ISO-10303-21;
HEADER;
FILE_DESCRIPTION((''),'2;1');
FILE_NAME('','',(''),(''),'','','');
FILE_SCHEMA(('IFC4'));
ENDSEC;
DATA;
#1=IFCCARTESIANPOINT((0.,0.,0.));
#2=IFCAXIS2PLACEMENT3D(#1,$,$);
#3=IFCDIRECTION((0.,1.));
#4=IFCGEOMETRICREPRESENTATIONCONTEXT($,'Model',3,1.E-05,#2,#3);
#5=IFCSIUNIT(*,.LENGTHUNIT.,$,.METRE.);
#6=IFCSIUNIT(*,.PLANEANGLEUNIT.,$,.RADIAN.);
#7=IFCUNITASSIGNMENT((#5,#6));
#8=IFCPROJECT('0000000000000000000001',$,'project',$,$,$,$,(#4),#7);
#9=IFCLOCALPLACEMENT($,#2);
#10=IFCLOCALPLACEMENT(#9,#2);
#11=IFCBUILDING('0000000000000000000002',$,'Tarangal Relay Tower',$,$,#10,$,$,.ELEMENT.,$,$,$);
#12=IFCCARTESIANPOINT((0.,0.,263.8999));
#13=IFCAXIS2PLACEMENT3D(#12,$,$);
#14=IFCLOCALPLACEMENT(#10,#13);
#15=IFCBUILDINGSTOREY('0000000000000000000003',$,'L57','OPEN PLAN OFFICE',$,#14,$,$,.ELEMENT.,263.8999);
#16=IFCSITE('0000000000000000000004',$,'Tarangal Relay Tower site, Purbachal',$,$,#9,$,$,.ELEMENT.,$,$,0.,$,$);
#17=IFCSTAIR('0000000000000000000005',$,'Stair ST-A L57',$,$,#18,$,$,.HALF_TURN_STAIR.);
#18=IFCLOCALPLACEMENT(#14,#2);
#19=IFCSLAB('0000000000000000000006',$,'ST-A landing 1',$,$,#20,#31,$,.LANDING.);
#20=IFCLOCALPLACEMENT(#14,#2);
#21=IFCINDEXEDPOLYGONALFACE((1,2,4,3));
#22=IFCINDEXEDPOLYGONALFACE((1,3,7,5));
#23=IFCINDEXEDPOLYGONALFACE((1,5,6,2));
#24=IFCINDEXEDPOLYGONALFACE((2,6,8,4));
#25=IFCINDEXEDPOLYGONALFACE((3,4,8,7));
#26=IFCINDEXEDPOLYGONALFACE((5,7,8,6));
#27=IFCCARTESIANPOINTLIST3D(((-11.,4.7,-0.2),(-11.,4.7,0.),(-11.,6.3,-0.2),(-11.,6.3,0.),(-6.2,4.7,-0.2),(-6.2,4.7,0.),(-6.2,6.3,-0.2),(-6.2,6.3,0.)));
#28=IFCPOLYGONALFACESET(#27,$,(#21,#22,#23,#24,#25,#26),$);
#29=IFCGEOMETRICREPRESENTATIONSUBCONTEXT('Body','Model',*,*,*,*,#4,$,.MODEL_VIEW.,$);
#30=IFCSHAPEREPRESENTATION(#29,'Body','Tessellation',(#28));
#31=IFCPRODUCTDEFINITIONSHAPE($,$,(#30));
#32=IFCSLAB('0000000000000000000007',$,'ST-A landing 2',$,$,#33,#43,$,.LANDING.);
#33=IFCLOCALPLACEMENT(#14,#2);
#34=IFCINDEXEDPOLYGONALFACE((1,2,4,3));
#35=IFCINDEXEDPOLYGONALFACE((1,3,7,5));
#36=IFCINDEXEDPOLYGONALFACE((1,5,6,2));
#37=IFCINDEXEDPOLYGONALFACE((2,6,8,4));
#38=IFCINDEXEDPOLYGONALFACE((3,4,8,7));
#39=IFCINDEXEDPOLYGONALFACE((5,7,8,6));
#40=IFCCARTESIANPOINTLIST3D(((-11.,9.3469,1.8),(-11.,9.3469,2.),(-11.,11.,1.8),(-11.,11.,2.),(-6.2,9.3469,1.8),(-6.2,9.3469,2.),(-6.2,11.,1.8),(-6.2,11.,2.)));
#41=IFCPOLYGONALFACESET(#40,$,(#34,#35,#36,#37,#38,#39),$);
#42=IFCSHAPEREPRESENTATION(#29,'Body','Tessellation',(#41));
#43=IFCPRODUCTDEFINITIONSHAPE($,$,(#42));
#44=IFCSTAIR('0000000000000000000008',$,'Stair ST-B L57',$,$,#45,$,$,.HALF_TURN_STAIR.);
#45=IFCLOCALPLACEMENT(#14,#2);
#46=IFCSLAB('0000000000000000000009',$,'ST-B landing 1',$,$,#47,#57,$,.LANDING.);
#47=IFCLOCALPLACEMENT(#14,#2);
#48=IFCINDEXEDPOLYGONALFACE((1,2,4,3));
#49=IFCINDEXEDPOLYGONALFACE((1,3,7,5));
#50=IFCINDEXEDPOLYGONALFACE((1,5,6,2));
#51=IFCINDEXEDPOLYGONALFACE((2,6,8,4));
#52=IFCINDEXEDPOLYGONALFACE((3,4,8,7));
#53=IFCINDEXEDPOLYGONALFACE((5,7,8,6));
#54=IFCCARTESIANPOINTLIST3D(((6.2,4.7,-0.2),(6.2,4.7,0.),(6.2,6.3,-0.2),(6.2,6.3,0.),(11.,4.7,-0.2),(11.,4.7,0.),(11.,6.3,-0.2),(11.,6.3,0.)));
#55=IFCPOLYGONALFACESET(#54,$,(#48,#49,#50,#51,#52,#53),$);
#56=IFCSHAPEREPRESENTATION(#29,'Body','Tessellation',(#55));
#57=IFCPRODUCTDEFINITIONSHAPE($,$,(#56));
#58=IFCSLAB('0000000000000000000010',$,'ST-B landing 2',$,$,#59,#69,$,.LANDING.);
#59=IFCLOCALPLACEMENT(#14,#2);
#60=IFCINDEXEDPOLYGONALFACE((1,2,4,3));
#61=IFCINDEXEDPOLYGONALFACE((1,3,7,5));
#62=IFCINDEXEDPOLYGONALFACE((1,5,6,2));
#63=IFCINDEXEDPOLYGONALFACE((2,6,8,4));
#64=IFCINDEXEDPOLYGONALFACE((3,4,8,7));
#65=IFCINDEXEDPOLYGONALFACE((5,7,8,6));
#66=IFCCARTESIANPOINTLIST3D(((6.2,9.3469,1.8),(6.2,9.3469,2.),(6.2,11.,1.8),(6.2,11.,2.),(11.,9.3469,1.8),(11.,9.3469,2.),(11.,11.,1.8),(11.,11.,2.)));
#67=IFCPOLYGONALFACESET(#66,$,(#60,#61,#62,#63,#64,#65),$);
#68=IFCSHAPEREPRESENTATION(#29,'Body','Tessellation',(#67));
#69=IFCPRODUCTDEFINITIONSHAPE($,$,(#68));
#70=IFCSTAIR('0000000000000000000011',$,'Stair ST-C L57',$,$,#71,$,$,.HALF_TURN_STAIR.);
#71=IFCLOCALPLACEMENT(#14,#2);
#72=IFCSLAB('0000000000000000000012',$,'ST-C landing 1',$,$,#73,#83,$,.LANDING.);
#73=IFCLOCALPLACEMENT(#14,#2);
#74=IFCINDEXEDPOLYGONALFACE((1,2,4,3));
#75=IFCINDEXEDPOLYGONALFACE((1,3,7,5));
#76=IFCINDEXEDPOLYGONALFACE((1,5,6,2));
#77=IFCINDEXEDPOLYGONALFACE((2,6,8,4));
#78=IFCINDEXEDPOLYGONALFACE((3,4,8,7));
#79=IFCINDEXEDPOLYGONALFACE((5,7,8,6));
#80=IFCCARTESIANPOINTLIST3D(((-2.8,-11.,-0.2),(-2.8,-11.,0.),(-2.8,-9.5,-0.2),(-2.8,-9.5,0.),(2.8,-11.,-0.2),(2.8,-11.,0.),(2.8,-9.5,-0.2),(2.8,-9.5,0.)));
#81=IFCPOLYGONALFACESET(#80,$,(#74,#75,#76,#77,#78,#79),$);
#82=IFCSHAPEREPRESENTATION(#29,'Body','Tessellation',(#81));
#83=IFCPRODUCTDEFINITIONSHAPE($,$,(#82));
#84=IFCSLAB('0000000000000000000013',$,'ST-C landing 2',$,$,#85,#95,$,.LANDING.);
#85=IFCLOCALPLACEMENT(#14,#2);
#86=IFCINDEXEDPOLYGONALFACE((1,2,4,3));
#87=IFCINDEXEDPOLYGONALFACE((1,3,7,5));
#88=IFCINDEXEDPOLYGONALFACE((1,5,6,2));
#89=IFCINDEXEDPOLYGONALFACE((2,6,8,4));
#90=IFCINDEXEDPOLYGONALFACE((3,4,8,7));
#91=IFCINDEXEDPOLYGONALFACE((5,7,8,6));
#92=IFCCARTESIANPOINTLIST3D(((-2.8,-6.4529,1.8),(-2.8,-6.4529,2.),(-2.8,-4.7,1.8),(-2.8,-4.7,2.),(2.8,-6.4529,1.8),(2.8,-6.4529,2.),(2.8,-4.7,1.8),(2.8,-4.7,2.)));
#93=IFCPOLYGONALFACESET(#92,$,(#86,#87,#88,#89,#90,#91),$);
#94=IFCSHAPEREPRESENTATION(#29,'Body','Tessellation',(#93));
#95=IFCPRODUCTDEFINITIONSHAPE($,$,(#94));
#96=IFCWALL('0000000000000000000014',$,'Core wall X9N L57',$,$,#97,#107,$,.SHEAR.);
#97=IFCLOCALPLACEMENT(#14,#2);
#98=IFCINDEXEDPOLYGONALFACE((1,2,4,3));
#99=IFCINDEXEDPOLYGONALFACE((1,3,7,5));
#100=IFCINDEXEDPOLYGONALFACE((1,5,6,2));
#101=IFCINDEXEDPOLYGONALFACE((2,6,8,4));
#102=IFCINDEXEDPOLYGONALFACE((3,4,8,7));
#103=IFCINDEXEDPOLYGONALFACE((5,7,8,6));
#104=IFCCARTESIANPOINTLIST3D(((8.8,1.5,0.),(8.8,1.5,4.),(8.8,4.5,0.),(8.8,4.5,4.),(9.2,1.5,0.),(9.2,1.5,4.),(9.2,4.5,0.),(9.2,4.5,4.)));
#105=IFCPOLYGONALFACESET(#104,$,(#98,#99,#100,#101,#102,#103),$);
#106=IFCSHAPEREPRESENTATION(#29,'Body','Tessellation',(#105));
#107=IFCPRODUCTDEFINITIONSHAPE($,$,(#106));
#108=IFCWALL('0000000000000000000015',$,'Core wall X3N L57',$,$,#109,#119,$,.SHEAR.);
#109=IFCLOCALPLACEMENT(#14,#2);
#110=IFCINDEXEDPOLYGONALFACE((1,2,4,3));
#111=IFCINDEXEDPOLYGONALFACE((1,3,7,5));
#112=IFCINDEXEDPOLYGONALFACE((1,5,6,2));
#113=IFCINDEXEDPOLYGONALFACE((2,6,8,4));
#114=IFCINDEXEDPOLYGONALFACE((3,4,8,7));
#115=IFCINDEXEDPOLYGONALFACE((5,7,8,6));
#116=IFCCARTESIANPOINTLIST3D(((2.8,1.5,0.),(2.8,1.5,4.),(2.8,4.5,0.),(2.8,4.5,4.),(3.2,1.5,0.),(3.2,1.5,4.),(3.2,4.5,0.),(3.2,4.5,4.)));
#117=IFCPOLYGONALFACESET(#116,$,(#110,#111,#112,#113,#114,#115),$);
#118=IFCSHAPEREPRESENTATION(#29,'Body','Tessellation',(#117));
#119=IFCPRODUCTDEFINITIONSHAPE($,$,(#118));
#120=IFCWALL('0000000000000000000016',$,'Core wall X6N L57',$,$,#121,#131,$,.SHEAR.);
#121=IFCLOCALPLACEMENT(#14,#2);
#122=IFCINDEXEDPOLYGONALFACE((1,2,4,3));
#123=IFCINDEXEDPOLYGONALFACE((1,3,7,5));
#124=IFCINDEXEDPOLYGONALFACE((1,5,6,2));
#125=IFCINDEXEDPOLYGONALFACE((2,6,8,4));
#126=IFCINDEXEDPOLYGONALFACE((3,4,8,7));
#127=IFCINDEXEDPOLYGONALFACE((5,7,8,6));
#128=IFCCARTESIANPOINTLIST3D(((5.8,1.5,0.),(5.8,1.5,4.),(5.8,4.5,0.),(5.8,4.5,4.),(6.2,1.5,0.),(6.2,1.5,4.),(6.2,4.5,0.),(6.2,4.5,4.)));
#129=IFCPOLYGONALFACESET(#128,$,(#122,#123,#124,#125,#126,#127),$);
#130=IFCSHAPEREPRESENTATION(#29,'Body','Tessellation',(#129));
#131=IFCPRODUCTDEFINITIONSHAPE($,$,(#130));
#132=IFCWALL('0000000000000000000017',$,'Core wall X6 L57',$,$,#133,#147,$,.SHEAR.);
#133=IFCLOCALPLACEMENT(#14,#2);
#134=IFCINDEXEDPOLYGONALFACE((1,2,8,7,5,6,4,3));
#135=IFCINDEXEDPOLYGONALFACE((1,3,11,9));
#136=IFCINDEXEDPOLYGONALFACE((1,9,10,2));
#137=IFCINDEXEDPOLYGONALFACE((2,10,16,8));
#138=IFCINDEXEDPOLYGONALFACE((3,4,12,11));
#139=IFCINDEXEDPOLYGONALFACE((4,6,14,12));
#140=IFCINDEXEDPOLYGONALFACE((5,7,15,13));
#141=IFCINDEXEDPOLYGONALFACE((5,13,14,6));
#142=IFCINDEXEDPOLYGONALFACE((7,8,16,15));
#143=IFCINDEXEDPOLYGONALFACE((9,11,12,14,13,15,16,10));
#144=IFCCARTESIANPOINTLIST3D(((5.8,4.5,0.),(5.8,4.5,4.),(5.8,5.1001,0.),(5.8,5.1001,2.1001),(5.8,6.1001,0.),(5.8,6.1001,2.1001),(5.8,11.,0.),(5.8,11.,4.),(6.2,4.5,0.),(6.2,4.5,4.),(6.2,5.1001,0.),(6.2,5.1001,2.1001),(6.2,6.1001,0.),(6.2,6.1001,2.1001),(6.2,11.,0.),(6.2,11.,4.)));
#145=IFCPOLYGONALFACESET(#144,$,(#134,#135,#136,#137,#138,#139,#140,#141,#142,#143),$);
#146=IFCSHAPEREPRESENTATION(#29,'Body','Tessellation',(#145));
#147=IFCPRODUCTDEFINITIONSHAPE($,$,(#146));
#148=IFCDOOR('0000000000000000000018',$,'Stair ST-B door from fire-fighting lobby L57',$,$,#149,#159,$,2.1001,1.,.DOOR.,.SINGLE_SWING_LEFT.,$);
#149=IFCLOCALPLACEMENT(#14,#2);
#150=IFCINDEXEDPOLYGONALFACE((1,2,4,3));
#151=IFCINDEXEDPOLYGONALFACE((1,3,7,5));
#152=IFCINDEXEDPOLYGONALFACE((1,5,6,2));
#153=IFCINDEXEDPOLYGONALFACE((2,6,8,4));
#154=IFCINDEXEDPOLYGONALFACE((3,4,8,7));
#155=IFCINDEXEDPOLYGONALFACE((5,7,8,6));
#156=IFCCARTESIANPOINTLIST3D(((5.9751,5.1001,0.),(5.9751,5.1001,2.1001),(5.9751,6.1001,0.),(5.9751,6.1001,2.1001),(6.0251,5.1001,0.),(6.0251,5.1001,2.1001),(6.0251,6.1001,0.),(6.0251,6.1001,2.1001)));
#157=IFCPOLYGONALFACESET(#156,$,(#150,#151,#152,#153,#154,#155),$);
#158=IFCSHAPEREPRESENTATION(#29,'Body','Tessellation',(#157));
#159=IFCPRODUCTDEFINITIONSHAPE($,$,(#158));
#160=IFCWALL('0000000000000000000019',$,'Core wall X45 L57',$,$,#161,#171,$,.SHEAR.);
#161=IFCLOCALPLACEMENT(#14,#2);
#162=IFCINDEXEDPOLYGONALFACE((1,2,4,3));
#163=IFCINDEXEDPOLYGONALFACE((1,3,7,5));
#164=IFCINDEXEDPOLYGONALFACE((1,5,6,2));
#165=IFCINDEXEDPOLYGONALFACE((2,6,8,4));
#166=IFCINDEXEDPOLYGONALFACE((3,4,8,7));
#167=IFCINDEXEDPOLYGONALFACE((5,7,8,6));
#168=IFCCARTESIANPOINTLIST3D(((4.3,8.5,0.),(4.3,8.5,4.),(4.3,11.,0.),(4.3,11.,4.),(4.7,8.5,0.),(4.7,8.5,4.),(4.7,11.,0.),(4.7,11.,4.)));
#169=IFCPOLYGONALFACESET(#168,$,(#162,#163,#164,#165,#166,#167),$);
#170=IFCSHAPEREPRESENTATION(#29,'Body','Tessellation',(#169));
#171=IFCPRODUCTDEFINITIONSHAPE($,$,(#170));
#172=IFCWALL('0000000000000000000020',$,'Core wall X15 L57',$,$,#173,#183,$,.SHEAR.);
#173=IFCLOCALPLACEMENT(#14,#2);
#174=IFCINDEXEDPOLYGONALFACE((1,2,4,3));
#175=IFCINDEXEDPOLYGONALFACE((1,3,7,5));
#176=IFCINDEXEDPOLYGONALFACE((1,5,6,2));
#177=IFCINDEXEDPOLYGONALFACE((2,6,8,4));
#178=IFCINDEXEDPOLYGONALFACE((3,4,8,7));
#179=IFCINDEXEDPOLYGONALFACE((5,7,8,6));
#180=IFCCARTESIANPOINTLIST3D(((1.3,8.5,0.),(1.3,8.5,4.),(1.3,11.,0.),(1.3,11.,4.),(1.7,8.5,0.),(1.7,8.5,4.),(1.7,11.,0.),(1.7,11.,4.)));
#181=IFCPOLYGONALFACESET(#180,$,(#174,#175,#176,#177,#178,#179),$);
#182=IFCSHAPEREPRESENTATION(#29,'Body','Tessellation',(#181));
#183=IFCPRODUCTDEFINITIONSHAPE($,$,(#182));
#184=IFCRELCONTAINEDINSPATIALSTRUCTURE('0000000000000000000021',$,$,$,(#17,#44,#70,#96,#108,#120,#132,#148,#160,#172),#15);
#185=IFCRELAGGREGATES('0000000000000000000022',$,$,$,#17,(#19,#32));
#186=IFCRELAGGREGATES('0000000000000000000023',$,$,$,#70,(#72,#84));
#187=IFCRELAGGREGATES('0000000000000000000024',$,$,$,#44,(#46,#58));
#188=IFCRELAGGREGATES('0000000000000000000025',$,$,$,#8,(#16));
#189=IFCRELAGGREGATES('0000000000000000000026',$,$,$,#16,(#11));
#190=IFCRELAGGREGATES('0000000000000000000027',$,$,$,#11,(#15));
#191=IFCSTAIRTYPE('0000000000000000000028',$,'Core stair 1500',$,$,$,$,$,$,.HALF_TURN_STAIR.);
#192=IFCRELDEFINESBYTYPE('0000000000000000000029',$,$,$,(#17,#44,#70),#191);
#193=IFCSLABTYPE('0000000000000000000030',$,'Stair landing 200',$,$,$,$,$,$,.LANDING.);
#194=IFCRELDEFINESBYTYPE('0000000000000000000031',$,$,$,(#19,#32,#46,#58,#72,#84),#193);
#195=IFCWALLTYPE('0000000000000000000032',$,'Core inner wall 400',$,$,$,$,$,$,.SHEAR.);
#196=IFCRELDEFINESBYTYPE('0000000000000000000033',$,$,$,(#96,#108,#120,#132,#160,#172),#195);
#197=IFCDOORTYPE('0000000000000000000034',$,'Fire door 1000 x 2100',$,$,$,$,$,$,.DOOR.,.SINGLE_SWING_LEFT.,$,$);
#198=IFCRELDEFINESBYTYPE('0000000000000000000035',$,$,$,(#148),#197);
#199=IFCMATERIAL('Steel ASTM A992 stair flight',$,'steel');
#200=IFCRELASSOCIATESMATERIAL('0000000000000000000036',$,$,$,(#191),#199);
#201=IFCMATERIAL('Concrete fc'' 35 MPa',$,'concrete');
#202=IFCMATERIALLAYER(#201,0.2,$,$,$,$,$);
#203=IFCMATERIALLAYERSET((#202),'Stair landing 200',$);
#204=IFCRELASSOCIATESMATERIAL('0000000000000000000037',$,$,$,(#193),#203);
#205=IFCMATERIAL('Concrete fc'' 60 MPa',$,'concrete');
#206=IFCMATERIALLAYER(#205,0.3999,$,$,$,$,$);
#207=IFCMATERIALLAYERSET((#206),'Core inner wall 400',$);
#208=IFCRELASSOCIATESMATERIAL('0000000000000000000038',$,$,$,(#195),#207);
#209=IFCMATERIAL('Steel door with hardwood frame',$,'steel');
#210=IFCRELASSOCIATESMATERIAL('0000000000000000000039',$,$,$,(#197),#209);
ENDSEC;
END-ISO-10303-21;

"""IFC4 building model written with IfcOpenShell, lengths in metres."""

from ifc_helpers import new_model, si_unit, direction, frame, frame_2d, origin, place, context, subcontext, project, spatial, polyline, rectangle, outline, extrude, material, layer, layer_set, type_object, element, fill, aggregate, save


model = new_model("IFC4")

# Units and contexts
model_context = context("Model", 3, precision=1e-05, world=origin(), true_north=direction((0.0, 1.0)))
body_context = subcontext(model_context, "Body", "Model", "MODEL_VIEW")
ifc_project = project(units=[si_unit("LENGTHUNIT", "METRE"), si_unit("PLANEANGLEUNIT", "RADIAN")], contexts=[model_context])

# Site, building, storey
site_placement = place(None, origin())
site = spatial("IfcSite", under=ifc_project, at=site_placement, Name="Tarangal Relay Tower site, Purbachal", CompositionType="ELEMENT", RefElevation=0.0)
building_placement = place(site_placement, origin())
building = spatial("IfcBuilding", under=site, at=building_placement, Name="Tarangal Relay Tower", CompositionType="ELEMENT")
storey_placement = place(building_placement, frame((0.0, 0.0, 263.8999)))
storey = spatial("IfcBuildingStorey", under=building, at=storey_placement, Name="L57", Description="OPEN PLAN OFFICE", CompositionType="ELEMENT", Elevation=263.8999)

# Stairs, slabs
ifc_material_1 = material(Name="Steel ASTM A992 stair flight", Category="steel")
stair_type = type_object("IfcStairType", Name="Core stair 1500", PredefinedType="HALF_TURN_STAIR", material=ifc_material_1)
stair_1_placement = place(storey_placement, origin())
stair_1 = element("IfcStair", 1, at=stair_1_placement, inside=storey, type_object=stair_type, Name="Stair ST-A L57", PredefinedType="HALF_TURN_STAIR")
ifc_material_2 = material(Name="Concrete fc' 35 MPa", Category="concrete")
ifc_layer_1 = layer(ifc_material_2, 0.2)
ifc_layer_set_1 = layer_set([ifc_layer_1], Name="Stair landing 200")
slab_type = type_object("IfcSlabType", Name="Stair landing 200", PredefinedType="LANDING", material=ifc_layer_set_1)
slab_1_placement = place(storey_placement, frame((0.0, 0.0, -0.2)))
slab_1 = element("IfcSlab", 2, at=slab_1_placement, type_object=slab_type, Name="ST-A landing 1", PredefinedType="LANDING", context=body_context, shape_type="SweptSolid", body=[
    extrude(outline(polyline([(-11.0, 4.7), (-6.2, 4.7), (-6.2, 6.3), (-11.0, 6.3), (-11.0, 4.7)])), origin(), (0.0, 0.0, 1.0), 0.2),
])
slab_2_placement = place(storey_placement, frame((0.0, 0.0, 1.8)))
slab_2 = element("IfcSlab", 3, at=slab_2_placement, type_object=slab_type, Name="ST-A landing 2", PredefinedType="LANDING", context=body_context, shape_type="SweptSolid", body=[
    extrude(outline(polyline([(-11.0, 9.3469), (-6.2, 9.3469), (-6.2, 11.0), (-11.0, 11.0), (-11.0, 9.3469)])), origin(), (0.0, 0.0, 1.0), 0.2),
])
aggregate(stair_1, [slab_1, slab_2])
stair_2_placement = place(storey_placement, origin())
stair_2 = element("IfcStair", 4, at=stair_2_placement, inside=storey, type_object=stair_type, Name="Stair ST-B L57", PredefinedType="HALF_TURN_STAIR")
slab_3_placement = place(storey_placement, frame((0.0, 0.0, -0.2)))
slab_3 = element("IfcSlab", 5, at=slab_3_placement, type_object=slab_type, Name="ST-B landing 1", PredefinedType="LANDING", context=body_context, shape_type="SweptSolid", body=[
    extrude(outline(polyline([(6.2, 4.7), (11.0, 4.7), (11.0, 6.3), (6.2, 6.3), (6.2, 4.7)])), origin(), (0.0, 0.0, 1.0), 0.2),
])
slab_4_placement = place(storey_placement, frame((0.0, 0.0, 1.8)))
slab_4 = element("IfcSlab", 6, at=slab_4_placement, type_object=slab_type, Name="ST-B landing 2", PredefinedType="LANDING", context=body_context, shape_type="SweptSolid", body=[
    extrude(outline(polyline([(6.2, 9.3469), (11.0, 9.3469), (11.0, 11.0), (6.2, 11.0), (6.2, 9.3469)])), origin(), (0.0, 0.0, 1.0), 0.2),
])
stair_3_placement = place(storey_placement, origin())
stair_3 = element("IfcStair", 7, at=stair_3_placement, inside=storey, type_object=stair_type, Name="Stair ST-C L57", PredefinedType="HALF_TURN_STAIR")
slab_5_placement = place(storey_placement, frame((0.0, 0.0, -0.2)))
slab_5 = element("IfcSlab", 8, at=slab_5_placement, type_object=slab_type, Name="ST-C landing 1", PredefinedType="LANDING", context=body_context, shape_type="SweptSolid", body=[
    extrude(outline(polyline([(-2.8, -11.0), (2.8, -11.0), (2.8, -9.5), (-2.8, -9.5), (-2.8, -11.0)])), origin(), (0.0, 0.0, 1.0), 0.2),
])
slab_6_placement = place(storey_placement, frame((0.0, 0.0, 1.8)))
slab_6 = element("IfcSlab", 9, at=slab_6_placement, type_object=slab_type, Name="ST-C landing 2", PredefinedType="LANDING", context=body_context, shape_type="SweptSolid", body=[
    extrude(outline(polyline([(-2.8, -6.4529), (2.8, -6.4529), (2.8, -4.7), (-2.8, -4.7), (-2.8, -6.4529)])), origin(), (0.0, 0.0, 1.0), 0.2),
])
aggregate(stair_3, [slab_5, slab_6])

# Walls
ifc_material_3 = material(Name="Concrete fc' 60 MPa", Category="concrete")
ifc_layer_2 = layer(ifc_material_3, 0.3999)
ifc_layer_set_2 = layer_set([ifc_layer_2], Name="Core inner wall 400")
wall_type_1 = type_object("IfcWallType", Name="Core inner wall 400", PredefinedType="SHEAR", material=ifc_layer_set_2)
for number, where, z_axis, x_axis, name in (
    (10, (9.0, 1.5, 0.0), (0.0, 0.0, 1.0), (0.0, 1.0, 0.0), "Core wall X9N L57"),
    (11, (3.0, 1.5, 0.0), (0.0, 0.0, 1.0), (0.0, 1.0, 0.0), "Core wall X3N L57"),
    (12, (6.0, 1.5, 0.0), (0.0, 0.0, 1.0), (0.0, 1.0, 0.0), "Core wall X6N L57"),
):
    element("IfcWall", number, at=place(storey_placement, frame(where, z_axis=z_axis, x_axis=x_axis)), inside=storey, type_object=wall_type_1, Name=name, PredefinedType="SHEAR", context=body_context, shape_type="SweptSolid", body=[
        extrude(rectangle(XDim=3.0, YDim=0.3999, at=frame_2d((1.5, 0.0))), origin(), (0.0, 0.0, 1.0), 4.0),
    ])

# Wall, opening, door
wall_1_placement = place(storey_placement, frame((6.0, 4.5, 0.0), z_axis=(0.0, 0.0, 1.0), x_axis=(0.0, 1.0, 0.0)))
wall_1 = element("IfcWall", 13, at=wall_1_placement, inside=storey, type_object=wall_type_1, Name="Core wall X6 L57", PredefinedType="SHEAR", context=body_context, shape_type="SweptSolid", body=[
    extrude(rectangle(XDim=6.5, YDim=0.3999, at=frame_2d((3.25, 0.0))), origin(), (0.0, 0.0, 1.0), 4.0),
])
opening_1_placement = place(wall_1_placement, frame((0.6001, 0.0, 0.0)))
opening_1 = element("IfcOpeningElement", 14, at=opening_1_placement, cuts=wall_1, PredefinedType="OPENING", context=body_context, shape_type="SweptSolid", body=[
    extrude(rectangle(XDim=1.0, YDim=2.1001, at=frame_2d((0.5, 1.05))), frame((0.0, 0.21, 0.0), z_axis=(0.0, -1.0, 0.0), x_axis=(1.0, 0.0, 0.0)), (0.0, 0.0, 1.0), 0.4199),
])
ifc_material_4 = material(Name="Steel door with hardwood frame", Category="steel")
door_type_1 = type_object("IfcDoorType", Name="Fire door 1000 x 2100", OperationType="SINGLE_SWING_LEFT", PredefinedType="DOOR", material=ifc_material_4)
door_1_placement = place(opening_1_placement, origin())
door_1 = element("IfcDoor", 15, at=door_1_placement, inside=storey, type_object=door_type_1, Name="Stair ST-B door from fire-fighting lobby L57", OperationType="SINGLE_SWING_LEFT", OverallHeight=2.1001, OverallWidth=1.0, PredefinedType="DOOR", context=body_context, shape_type="SweptSolid", body=[
    extrude(rectangle(XDim=1.0, YDim=2.1001, at=frame_2d((0.5, 1.05))), frame((0.0, 0.0249, 0.0), z_axis=(0.0, -1.0, 0.0), x_axis=(1.0, 0.0, 0.0)), (0.0, 0.0, 1.0), 0.05),
])
fill(opening_1, door_1)

# Walls
for number, where, z_axis, x_axis, name in (
    (16, (4.5, 8.5, 0.0), (0.0, 0.0, 1.0), (0.0, 1.0, 0.0), "Core wall X45 L57"),
    (17, (1.5, 8.5, 0.0), (0.0, 0.0, 1.0), (0.0, 1.0, 0.0), "Core wall X15 L57"),
):
    element("IfcWall", number, at=place(storey_placement, frame(where, z_axis=z_axis, x_axis=x_axis)), inside=storey, type_object=wall_type_1, Name=name, PredefinedType="SHEAR", context=body_context, shape_type="SweptSolid", body=[
        extrude(rectangle(XDim=2.5, YDim=0.3999, at=frame_2d((1.25, 0.0))), origin(), (0.0, 0.0, 1.0), 4.0),
    ])

aggregate(stair_2, [slab_3, slab_4])

save(model, "model.ifc")
